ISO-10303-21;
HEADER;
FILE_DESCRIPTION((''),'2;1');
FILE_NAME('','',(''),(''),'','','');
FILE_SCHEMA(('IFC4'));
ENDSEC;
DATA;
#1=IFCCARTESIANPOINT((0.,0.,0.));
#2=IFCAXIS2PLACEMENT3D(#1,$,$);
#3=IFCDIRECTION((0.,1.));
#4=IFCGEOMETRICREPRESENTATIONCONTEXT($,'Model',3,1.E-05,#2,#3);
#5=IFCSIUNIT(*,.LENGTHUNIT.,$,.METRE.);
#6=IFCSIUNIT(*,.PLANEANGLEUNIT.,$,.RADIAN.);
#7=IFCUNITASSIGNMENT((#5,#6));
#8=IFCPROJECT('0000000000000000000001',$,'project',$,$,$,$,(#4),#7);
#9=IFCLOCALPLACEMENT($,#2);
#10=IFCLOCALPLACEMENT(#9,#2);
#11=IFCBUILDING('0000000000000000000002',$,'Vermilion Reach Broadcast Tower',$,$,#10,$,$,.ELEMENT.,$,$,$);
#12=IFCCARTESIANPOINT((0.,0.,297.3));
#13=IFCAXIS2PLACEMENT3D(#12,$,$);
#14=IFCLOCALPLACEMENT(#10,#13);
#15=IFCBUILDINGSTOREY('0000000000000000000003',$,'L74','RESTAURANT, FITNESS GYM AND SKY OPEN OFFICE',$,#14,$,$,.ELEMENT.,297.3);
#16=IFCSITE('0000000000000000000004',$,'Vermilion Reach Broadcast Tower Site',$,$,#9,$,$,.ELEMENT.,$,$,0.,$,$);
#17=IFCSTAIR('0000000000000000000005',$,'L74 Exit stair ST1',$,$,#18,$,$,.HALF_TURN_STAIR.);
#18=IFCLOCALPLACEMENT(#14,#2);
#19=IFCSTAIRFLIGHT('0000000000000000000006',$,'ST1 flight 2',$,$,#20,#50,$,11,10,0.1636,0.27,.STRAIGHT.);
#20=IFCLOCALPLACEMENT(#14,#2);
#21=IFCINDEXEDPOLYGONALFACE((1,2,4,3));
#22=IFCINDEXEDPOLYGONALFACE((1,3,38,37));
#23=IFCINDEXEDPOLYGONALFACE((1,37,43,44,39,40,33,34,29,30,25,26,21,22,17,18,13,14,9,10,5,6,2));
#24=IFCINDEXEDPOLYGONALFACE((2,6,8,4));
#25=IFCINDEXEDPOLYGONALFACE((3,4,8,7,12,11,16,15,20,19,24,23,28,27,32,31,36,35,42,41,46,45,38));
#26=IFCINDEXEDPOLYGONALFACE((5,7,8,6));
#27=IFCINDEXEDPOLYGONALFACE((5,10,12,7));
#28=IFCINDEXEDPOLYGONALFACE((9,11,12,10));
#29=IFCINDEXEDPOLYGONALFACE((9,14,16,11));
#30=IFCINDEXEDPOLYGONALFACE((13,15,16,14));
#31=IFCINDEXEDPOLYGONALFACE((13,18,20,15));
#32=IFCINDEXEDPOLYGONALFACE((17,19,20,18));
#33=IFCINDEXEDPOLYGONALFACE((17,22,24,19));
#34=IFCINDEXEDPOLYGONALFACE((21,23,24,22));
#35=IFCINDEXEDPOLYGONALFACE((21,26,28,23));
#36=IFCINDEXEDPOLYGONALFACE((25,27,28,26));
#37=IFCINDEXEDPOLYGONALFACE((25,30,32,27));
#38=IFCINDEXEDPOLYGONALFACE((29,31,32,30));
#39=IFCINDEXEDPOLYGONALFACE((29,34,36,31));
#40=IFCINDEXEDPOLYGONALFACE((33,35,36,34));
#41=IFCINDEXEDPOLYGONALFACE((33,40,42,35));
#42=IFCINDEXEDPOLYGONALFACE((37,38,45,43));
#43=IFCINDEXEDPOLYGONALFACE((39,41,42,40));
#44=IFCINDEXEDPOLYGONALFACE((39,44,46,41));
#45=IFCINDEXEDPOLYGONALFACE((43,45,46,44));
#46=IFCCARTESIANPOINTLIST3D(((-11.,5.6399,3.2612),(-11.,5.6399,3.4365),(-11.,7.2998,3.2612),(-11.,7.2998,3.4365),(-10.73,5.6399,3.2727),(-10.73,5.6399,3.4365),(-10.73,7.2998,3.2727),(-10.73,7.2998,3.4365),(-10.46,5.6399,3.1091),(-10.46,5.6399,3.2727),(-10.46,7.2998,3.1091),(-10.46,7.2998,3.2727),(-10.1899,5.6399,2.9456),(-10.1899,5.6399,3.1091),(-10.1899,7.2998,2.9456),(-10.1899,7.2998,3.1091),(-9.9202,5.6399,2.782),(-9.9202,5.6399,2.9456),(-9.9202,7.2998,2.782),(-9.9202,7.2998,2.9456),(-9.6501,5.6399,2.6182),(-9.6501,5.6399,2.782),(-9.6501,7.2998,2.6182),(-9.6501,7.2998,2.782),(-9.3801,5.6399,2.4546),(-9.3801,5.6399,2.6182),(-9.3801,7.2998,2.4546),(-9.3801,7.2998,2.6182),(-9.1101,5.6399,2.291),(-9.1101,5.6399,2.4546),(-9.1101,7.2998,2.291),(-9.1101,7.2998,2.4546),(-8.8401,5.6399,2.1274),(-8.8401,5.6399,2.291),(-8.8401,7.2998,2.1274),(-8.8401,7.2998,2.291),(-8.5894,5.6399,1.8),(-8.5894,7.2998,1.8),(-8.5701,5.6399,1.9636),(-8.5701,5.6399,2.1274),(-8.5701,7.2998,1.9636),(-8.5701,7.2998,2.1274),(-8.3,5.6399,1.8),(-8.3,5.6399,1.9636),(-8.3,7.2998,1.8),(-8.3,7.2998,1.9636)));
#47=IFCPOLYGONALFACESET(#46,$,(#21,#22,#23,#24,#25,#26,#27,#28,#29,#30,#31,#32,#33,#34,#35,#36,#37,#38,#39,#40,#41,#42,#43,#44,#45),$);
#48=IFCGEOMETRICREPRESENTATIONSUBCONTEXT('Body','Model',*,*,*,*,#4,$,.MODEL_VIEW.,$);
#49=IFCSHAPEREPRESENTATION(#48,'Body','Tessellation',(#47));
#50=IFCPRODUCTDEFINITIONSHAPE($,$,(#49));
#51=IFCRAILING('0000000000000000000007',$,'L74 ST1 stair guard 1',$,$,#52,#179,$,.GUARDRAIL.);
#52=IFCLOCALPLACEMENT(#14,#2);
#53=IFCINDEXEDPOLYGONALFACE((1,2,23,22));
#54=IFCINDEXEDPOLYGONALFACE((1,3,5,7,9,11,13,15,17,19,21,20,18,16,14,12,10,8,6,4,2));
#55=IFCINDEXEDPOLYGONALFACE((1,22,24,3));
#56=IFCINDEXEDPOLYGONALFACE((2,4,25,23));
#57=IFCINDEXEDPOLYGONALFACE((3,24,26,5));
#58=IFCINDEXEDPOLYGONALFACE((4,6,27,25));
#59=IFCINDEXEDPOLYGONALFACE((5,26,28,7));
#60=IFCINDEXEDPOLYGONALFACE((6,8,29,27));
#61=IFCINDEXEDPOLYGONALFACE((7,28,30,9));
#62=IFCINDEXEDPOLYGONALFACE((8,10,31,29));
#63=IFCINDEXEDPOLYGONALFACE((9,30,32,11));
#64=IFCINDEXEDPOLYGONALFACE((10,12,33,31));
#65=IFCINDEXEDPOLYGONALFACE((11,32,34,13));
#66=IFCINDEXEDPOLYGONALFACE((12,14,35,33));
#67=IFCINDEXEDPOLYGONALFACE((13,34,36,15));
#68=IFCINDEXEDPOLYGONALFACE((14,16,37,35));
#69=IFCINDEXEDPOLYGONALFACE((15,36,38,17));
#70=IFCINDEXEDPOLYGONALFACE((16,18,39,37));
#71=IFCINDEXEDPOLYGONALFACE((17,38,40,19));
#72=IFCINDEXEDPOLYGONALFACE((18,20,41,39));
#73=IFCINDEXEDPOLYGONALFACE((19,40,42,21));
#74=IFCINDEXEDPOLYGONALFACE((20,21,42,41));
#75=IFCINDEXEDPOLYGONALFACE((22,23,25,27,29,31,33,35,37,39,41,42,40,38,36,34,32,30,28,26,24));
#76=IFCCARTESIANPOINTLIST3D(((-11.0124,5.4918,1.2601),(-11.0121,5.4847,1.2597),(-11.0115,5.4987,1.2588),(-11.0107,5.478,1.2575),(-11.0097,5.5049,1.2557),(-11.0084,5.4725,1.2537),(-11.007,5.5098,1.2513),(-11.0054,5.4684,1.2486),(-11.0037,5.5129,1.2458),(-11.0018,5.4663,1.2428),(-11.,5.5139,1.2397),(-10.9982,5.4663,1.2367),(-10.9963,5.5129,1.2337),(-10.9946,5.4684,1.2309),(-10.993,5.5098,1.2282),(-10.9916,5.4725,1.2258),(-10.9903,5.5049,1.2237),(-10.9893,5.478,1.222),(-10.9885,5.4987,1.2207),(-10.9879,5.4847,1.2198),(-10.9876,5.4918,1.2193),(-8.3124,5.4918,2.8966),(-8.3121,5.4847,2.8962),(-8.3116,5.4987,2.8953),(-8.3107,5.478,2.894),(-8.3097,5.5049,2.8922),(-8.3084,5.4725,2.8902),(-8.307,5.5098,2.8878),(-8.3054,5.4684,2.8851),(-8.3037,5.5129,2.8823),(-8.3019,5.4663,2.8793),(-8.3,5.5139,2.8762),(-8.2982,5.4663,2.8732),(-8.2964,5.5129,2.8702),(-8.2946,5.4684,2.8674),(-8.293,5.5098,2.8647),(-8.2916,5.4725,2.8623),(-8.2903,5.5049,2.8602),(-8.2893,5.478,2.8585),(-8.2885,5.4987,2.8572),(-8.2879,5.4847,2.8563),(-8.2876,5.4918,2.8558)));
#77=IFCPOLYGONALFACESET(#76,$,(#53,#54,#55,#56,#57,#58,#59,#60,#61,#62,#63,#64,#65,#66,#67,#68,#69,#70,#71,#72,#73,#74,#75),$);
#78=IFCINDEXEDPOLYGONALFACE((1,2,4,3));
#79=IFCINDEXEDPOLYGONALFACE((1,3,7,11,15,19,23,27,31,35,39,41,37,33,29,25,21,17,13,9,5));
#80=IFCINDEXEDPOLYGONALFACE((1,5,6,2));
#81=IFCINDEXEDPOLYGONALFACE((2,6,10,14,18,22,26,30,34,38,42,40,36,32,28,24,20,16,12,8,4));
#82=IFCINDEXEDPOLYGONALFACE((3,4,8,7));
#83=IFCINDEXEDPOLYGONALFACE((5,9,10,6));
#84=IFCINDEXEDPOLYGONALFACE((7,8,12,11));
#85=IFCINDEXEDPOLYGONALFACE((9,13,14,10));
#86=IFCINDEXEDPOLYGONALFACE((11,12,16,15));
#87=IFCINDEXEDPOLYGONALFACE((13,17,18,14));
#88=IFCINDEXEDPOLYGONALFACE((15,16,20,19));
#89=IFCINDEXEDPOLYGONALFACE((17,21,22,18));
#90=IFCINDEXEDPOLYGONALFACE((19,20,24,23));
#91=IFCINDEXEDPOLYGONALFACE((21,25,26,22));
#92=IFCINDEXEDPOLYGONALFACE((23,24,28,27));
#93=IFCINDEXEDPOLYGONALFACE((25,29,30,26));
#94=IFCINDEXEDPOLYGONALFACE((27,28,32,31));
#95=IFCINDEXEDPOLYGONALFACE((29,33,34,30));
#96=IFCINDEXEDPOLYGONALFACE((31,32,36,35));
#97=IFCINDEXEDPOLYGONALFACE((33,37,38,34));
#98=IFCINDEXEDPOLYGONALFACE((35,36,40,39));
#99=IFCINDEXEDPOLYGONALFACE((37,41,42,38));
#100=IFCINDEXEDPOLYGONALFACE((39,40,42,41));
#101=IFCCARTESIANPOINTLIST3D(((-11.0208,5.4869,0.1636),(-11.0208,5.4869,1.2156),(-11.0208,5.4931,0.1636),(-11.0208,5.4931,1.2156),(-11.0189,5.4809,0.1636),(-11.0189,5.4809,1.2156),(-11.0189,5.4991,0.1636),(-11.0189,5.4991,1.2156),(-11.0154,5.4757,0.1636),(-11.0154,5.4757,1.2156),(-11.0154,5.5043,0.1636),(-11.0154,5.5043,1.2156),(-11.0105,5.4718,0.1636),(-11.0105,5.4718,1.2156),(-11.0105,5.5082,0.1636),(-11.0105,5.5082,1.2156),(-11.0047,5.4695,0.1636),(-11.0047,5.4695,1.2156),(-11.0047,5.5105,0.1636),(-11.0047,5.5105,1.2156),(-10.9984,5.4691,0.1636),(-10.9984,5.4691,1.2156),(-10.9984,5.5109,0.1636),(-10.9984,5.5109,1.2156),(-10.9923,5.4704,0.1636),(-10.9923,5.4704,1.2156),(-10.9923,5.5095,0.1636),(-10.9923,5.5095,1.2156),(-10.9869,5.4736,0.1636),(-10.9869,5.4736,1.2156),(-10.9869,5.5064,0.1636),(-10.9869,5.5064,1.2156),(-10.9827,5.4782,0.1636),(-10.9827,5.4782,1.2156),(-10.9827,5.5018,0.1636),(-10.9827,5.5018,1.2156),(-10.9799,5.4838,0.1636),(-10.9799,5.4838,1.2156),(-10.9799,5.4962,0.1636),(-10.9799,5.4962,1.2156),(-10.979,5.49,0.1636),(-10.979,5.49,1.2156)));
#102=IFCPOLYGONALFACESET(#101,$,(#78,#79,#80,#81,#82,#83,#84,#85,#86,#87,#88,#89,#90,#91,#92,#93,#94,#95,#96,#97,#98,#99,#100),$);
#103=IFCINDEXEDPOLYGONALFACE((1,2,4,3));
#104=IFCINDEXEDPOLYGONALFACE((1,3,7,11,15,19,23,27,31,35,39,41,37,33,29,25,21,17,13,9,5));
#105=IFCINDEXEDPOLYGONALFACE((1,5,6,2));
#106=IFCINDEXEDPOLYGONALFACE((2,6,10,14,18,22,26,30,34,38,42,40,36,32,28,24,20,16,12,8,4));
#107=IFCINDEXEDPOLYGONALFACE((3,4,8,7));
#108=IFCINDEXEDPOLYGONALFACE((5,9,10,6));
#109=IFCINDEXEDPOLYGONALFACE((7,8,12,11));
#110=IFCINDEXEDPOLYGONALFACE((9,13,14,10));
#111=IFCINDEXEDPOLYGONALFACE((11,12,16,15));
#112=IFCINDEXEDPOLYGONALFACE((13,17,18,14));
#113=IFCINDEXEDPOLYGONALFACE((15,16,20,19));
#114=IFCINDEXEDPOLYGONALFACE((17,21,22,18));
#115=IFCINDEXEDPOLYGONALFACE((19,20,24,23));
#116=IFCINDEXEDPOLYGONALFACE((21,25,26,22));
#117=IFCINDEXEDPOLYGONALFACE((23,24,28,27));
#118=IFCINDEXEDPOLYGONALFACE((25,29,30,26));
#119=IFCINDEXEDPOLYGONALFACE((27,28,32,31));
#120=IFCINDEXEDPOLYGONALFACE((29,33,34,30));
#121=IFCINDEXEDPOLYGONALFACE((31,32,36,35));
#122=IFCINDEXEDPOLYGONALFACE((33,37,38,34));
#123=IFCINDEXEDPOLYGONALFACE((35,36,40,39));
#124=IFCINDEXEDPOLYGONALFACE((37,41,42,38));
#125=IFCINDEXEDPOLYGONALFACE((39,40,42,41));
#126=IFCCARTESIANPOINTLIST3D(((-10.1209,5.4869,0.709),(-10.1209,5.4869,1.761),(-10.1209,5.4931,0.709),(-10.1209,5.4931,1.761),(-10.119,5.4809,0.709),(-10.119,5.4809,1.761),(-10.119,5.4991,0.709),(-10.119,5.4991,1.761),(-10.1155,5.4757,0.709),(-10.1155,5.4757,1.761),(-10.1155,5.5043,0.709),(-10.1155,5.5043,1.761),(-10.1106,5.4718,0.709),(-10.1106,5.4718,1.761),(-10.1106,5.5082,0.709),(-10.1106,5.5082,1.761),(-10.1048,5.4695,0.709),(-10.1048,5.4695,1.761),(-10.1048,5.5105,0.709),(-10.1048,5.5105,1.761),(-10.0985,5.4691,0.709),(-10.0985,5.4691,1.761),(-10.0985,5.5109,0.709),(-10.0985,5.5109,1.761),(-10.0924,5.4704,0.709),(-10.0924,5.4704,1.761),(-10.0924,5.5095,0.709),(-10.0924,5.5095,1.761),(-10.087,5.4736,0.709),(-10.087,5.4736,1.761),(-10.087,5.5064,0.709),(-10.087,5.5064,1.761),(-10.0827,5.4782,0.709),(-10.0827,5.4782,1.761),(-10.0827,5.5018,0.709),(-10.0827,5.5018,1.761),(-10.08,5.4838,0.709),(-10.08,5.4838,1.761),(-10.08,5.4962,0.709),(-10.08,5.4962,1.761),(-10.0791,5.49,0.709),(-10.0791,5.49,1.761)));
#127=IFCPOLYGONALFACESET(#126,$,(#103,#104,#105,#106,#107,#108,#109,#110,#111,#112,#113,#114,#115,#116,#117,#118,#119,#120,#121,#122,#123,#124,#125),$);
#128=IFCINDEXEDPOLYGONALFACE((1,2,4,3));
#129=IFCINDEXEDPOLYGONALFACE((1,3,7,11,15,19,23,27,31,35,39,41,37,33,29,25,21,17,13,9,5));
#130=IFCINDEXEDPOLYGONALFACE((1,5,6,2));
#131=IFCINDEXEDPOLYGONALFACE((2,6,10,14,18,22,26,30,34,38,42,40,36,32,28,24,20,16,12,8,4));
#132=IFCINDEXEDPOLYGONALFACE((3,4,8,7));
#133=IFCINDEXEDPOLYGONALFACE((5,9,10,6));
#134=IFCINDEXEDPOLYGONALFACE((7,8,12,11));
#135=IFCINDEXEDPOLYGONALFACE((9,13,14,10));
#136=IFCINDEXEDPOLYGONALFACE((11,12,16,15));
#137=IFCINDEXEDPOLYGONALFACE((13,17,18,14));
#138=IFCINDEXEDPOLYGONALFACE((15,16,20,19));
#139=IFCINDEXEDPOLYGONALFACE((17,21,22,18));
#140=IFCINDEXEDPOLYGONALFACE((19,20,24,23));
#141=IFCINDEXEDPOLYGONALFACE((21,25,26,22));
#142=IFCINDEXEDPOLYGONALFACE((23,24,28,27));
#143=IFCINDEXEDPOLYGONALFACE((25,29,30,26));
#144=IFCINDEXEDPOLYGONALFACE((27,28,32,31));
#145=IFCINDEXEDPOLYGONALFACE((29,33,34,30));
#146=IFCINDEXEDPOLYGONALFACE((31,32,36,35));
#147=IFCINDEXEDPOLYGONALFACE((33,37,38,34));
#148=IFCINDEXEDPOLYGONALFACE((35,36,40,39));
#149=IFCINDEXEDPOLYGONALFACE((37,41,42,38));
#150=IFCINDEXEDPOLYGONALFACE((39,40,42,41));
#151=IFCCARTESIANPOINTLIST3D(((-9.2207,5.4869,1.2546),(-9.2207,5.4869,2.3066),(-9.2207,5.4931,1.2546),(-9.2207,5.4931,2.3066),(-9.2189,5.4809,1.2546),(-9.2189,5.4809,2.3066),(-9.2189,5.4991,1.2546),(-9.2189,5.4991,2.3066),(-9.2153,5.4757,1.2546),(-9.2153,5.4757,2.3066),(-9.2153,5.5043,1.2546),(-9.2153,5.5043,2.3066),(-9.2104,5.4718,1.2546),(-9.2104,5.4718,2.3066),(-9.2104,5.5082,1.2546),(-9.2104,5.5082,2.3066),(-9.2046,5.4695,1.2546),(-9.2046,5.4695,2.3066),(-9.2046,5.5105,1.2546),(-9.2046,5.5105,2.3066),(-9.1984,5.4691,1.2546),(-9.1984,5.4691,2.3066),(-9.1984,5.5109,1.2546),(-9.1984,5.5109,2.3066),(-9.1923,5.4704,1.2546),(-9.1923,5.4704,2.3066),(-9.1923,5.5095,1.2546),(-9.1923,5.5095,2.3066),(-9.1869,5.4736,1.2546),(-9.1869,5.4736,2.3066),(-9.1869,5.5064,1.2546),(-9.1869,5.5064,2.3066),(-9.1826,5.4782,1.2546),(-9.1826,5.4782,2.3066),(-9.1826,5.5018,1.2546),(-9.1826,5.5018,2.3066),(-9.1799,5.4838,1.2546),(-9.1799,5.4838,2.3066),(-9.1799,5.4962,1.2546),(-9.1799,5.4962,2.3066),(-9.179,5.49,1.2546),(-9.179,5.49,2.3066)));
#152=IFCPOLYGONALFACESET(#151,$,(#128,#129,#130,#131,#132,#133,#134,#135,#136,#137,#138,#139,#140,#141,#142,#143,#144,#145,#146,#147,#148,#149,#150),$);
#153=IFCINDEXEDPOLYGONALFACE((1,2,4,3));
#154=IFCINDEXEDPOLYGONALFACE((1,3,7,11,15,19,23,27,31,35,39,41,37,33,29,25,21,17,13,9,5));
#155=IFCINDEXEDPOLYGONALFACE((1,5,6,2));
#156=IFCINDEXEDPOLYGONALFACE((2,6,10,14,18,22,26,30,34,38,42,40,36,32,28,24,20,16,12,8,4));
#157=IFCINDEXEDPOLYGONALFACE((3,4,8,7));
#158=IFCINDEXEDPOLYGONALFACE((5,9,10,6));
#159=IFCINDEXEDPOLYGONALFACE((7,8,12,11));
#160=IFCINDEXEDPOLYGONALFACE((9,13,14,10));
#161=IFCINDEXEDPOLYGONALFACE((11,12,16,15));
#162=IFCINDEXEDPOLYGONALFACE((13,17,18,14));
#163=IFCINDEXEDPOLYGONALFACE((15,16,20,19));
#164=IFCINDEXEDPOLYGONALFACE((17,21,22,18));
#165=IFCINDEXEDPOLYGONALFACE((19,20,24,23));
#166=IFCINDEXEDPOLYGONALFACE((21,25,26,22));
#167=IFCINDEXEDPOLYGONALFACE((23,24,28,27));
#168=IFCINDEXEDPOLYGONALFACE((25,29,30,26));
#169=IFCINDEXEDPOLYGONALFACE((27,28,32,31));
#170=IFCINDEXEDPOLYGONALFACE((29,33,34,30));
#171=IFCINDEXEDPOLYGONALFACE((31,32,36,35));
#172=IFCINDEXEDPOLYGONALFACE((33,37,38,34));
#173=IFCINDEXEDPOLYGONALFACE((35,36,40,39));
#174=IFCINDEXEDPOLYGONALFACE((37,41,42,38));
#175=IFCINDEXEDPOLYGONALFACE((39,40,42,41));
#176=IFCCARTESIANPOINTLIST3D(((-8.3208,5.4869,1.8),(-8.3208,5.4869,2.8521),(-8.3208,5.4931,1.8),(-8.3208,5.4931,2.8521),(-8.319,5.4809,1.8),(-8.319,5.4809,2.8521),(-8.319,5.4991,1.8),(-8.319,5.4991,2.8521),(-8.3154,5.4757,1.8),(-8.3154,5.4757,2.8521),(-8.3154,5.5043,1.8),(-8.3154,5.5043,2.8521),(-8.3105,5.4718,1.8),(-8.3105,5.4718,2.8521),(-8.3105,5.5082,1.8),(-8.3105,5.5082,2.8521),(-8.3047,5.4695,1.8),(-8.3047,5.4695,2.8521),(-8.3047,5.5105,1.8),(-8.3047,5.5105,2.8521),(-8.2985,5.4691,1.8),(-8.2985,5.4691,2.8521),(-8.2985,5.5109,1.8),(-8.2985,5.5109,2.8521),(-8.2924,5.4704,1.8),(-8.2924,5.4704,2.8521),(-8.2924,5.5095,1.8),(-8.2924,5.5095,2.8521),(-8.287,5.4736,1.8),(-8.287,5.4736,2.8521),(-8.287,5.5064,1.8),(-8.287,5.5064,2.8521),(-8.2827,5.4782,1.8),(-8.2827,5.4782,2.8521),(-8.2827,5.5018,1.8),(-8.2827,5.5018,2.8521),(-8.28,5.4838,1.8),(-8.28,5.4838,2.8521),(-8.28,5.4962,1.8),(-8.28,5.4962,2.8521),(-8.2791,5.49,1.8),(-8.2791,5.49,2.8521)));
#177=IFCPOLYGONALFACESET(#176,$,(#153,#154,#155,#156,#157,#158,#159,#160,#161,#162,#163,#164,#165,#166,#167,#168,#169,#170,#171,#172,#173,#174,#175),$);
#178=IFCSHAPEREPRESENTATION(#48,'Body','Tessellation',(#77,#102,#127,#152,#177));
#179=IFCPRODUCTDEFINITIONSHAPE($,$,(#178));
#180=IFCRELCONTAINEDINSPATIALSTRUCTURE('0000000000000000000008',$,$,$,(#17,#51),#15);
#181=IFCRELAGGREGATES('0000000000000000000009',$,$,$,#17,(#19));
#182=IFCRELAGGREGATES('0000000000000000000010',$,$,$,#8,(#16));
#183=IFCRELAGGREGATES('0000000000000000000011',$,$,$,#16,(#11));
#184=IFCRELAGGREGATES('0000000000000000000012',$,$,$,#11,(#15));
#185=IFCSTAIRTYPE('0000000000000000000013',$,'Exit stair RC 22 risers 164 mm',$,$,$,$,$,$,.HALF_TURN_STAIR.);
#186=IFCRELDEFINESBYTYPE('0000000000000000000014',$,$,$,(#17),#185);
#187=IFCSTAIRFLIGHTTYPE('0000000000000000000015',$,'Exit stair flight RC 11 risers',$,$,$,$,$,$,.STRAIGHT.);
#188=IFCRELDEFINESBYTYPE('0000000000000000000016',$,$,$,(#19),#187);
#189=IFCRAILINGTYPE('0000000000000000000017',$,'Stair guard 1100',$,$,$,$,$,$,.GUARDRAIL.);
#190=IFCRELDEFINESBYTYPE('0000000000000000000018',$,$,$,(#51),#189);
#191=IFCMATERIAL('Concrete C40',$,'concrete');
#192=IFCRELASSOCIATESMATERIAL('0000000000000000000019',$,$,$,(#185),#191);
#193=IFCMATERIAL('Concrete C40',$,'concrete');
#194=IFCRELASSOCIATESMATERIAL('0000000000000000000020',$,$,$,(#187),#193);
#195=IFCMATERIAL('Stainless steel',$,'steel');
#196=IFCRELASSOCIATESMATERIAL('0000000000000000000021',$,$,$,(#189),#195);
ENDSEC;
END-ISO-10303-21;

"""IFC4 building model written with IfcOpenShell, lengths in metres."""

from ifc_helpers import new_model, si_unit, direction, frame, origin, origin_2d, place, context, subcontext, project, spatial, polyline, circle, outline, extrude, material, type_object, element, aggregate, save


model = new_model("IFC4")

# Units and contexts
model_context = context("Model", 3, precision=1e-05, world=origin(), true_north=direction((0.0, 1.0)))
body_context = subcontext(model_context, "Body", "Model", "MODEL_VIEW")
ifc_project = project(units=[si_unit("LENGTHUNIT", "METRE"), si_unit("PLANEANGLEUNIT", "RADIAN")], contexts=[model_context])

# Site, building, storey
site_placement = place(None, origin())
site = spatial("IfcSite", under=ifc_project, at=site_placement, Name="Vermilion Reach Broadcast Tower Site", CompositionType="ELEMENT", RefElevation=0.0)
building_placement = place(site_placement, origin())
building = spatial("IfcBuilding", under=site, at=building_placement, Name="Vermilion Reach Broadcast Tower", CompositionType="ELEMENT")
storey_placement = place(building_placement, frame((0.0, 0.0, 297.3)))
storey = spatial("IfcBuildingStorey", under=building, at=storey_placement, Name="L74", Description="RESTAURANT, FITNESS GYM AND SKY OPEN OFFICE", CompositionType="ELEMENT", Elevation=297.3)

# Stair, stair flight
ifc_material_1 = material(Name="Concrete C40", Category="concrete")
stair_type = type_object("IfcStairType", Name="Exit stair RC 22 risers 164 mm", PredefinedType="HALF_TURN_STAIR", material=ifc_material_1)
stair_placement = place(storey_placement, origin())
stair = element("IfcStair", 1, at=stair_placement, inside=storey, type_object=stair_type, Name="L74 Exit stair ST1", PredefinedType="HALF_TURN_STAIR")
ifc_material_2 = material(Name="Concrete C40", Category="concrete")
stair_flight_type = type_object("IfcStairFlightType", Name="Exit stair flight RC 11 risers", PredefinedType="STRAIGHT", material=ifc_material_2)
stair_flight_1_placement = place(storey_placement, frame((-8.3, 6.47, 1.8), z_axis=(0.0, 0.0, 1.0), x_axis=(-1.0, 0.0, 0.0)))
stair_flight_1 = element("IfcStairFlight", 2, at=stair_flight_1_placement, type_object=stair_flight_type, Name="ST1 flight 2", NumberOfRisers=11, NumberOfTreads=10, PredefinedType="STRAIGHT", RiserHeight=0.1636, TreadLength=0.27, context=body_context, shape_type="SweptSolid", body=[
    extrude(outline(polyline([(0.0, 0.0), (0.0, 0.1636), (0.27, 0.1636), (0.27, 0.3274), (0.54, 0.3274), (0.54, 0.491), (0.8101, 0.491), (0.8101, 0.6545), (1.0801, 0.6545), (1.0801, 0.8181), (1.3501, 0.8181), (1.3501, 0.9819), (1.6201, 0.9819), (1.6201, 1.1455), (1.8899, 1.1455), (1.8899, 1.3091), (2.1599, 1.3091), (2.1599, 1.4727), (2.4299, 1.4727), (2.4299, 1.6365), (2.7, 1.6365), (2.7, 1.8), (2.7, 1.4612), (0.2893, 0.0), (0.0, 0.0)])), frame((0.0, 0.8301, 0.0), z_axis=(0.0, -1.0, 0.0), x_axis=(1.0, 0.0, 0.0)), (0.0, 0.0, 1.0), 1.6599),
])
aggregate(stair, [stair_flight_1])

# Railing
ifc_material_3 = material(Name="Stainless steel", Category="steel")
railing_type_1 = type_object("IfcRailingType", Name="Stair guard 1100", PredefinedType="GUARDRAIL", material=ifc_material_3)
railing_1_placement = place(storey_placement, frame((-11.0, 5.49, 0.1636)))
element("IfcRailing", 3, at=railing_1_placement, inside=storey, type_object=railing_type_1, Name="L74 ST1 stair guard 1", PredefinedType="GUARDRAIL", context=body_context, shape_type="SweptSolid", body=[
    extrude(circle(Radius=0.0239, at=origin_2d()), frame((0.0, 0.0, 1.0762), z_axis=(0.855178, 0.0, 0.518334), x_axis=(0.0, 1.0, 0.0)), (0.0, 0.0, 1.0), 3.1572),
    extrude(circle(Radius=0.021, at=origin_2d()), origin(), (0.0, 0.0, 1.0), 1.052),
    extrude(circle(Radius=0.021, at=origin_2d()), frame((0.8999, 0.0, 0.5454)), (0.0, 0.0, 1.0), 1.052),
    extrude(circle(Radius=0.021, at=origin_2d()), frame((1.8, 0.0, 1.0911)), (0.0, 0.0, 1.0), 1.052),
    extrude(circle(Radius=0.021, at=origin_2d()), frame((2.7, 0.0, 1.6365)), (0.0, 0.0, 1.0), 1.052),
])

save(model, "model.ifc")
